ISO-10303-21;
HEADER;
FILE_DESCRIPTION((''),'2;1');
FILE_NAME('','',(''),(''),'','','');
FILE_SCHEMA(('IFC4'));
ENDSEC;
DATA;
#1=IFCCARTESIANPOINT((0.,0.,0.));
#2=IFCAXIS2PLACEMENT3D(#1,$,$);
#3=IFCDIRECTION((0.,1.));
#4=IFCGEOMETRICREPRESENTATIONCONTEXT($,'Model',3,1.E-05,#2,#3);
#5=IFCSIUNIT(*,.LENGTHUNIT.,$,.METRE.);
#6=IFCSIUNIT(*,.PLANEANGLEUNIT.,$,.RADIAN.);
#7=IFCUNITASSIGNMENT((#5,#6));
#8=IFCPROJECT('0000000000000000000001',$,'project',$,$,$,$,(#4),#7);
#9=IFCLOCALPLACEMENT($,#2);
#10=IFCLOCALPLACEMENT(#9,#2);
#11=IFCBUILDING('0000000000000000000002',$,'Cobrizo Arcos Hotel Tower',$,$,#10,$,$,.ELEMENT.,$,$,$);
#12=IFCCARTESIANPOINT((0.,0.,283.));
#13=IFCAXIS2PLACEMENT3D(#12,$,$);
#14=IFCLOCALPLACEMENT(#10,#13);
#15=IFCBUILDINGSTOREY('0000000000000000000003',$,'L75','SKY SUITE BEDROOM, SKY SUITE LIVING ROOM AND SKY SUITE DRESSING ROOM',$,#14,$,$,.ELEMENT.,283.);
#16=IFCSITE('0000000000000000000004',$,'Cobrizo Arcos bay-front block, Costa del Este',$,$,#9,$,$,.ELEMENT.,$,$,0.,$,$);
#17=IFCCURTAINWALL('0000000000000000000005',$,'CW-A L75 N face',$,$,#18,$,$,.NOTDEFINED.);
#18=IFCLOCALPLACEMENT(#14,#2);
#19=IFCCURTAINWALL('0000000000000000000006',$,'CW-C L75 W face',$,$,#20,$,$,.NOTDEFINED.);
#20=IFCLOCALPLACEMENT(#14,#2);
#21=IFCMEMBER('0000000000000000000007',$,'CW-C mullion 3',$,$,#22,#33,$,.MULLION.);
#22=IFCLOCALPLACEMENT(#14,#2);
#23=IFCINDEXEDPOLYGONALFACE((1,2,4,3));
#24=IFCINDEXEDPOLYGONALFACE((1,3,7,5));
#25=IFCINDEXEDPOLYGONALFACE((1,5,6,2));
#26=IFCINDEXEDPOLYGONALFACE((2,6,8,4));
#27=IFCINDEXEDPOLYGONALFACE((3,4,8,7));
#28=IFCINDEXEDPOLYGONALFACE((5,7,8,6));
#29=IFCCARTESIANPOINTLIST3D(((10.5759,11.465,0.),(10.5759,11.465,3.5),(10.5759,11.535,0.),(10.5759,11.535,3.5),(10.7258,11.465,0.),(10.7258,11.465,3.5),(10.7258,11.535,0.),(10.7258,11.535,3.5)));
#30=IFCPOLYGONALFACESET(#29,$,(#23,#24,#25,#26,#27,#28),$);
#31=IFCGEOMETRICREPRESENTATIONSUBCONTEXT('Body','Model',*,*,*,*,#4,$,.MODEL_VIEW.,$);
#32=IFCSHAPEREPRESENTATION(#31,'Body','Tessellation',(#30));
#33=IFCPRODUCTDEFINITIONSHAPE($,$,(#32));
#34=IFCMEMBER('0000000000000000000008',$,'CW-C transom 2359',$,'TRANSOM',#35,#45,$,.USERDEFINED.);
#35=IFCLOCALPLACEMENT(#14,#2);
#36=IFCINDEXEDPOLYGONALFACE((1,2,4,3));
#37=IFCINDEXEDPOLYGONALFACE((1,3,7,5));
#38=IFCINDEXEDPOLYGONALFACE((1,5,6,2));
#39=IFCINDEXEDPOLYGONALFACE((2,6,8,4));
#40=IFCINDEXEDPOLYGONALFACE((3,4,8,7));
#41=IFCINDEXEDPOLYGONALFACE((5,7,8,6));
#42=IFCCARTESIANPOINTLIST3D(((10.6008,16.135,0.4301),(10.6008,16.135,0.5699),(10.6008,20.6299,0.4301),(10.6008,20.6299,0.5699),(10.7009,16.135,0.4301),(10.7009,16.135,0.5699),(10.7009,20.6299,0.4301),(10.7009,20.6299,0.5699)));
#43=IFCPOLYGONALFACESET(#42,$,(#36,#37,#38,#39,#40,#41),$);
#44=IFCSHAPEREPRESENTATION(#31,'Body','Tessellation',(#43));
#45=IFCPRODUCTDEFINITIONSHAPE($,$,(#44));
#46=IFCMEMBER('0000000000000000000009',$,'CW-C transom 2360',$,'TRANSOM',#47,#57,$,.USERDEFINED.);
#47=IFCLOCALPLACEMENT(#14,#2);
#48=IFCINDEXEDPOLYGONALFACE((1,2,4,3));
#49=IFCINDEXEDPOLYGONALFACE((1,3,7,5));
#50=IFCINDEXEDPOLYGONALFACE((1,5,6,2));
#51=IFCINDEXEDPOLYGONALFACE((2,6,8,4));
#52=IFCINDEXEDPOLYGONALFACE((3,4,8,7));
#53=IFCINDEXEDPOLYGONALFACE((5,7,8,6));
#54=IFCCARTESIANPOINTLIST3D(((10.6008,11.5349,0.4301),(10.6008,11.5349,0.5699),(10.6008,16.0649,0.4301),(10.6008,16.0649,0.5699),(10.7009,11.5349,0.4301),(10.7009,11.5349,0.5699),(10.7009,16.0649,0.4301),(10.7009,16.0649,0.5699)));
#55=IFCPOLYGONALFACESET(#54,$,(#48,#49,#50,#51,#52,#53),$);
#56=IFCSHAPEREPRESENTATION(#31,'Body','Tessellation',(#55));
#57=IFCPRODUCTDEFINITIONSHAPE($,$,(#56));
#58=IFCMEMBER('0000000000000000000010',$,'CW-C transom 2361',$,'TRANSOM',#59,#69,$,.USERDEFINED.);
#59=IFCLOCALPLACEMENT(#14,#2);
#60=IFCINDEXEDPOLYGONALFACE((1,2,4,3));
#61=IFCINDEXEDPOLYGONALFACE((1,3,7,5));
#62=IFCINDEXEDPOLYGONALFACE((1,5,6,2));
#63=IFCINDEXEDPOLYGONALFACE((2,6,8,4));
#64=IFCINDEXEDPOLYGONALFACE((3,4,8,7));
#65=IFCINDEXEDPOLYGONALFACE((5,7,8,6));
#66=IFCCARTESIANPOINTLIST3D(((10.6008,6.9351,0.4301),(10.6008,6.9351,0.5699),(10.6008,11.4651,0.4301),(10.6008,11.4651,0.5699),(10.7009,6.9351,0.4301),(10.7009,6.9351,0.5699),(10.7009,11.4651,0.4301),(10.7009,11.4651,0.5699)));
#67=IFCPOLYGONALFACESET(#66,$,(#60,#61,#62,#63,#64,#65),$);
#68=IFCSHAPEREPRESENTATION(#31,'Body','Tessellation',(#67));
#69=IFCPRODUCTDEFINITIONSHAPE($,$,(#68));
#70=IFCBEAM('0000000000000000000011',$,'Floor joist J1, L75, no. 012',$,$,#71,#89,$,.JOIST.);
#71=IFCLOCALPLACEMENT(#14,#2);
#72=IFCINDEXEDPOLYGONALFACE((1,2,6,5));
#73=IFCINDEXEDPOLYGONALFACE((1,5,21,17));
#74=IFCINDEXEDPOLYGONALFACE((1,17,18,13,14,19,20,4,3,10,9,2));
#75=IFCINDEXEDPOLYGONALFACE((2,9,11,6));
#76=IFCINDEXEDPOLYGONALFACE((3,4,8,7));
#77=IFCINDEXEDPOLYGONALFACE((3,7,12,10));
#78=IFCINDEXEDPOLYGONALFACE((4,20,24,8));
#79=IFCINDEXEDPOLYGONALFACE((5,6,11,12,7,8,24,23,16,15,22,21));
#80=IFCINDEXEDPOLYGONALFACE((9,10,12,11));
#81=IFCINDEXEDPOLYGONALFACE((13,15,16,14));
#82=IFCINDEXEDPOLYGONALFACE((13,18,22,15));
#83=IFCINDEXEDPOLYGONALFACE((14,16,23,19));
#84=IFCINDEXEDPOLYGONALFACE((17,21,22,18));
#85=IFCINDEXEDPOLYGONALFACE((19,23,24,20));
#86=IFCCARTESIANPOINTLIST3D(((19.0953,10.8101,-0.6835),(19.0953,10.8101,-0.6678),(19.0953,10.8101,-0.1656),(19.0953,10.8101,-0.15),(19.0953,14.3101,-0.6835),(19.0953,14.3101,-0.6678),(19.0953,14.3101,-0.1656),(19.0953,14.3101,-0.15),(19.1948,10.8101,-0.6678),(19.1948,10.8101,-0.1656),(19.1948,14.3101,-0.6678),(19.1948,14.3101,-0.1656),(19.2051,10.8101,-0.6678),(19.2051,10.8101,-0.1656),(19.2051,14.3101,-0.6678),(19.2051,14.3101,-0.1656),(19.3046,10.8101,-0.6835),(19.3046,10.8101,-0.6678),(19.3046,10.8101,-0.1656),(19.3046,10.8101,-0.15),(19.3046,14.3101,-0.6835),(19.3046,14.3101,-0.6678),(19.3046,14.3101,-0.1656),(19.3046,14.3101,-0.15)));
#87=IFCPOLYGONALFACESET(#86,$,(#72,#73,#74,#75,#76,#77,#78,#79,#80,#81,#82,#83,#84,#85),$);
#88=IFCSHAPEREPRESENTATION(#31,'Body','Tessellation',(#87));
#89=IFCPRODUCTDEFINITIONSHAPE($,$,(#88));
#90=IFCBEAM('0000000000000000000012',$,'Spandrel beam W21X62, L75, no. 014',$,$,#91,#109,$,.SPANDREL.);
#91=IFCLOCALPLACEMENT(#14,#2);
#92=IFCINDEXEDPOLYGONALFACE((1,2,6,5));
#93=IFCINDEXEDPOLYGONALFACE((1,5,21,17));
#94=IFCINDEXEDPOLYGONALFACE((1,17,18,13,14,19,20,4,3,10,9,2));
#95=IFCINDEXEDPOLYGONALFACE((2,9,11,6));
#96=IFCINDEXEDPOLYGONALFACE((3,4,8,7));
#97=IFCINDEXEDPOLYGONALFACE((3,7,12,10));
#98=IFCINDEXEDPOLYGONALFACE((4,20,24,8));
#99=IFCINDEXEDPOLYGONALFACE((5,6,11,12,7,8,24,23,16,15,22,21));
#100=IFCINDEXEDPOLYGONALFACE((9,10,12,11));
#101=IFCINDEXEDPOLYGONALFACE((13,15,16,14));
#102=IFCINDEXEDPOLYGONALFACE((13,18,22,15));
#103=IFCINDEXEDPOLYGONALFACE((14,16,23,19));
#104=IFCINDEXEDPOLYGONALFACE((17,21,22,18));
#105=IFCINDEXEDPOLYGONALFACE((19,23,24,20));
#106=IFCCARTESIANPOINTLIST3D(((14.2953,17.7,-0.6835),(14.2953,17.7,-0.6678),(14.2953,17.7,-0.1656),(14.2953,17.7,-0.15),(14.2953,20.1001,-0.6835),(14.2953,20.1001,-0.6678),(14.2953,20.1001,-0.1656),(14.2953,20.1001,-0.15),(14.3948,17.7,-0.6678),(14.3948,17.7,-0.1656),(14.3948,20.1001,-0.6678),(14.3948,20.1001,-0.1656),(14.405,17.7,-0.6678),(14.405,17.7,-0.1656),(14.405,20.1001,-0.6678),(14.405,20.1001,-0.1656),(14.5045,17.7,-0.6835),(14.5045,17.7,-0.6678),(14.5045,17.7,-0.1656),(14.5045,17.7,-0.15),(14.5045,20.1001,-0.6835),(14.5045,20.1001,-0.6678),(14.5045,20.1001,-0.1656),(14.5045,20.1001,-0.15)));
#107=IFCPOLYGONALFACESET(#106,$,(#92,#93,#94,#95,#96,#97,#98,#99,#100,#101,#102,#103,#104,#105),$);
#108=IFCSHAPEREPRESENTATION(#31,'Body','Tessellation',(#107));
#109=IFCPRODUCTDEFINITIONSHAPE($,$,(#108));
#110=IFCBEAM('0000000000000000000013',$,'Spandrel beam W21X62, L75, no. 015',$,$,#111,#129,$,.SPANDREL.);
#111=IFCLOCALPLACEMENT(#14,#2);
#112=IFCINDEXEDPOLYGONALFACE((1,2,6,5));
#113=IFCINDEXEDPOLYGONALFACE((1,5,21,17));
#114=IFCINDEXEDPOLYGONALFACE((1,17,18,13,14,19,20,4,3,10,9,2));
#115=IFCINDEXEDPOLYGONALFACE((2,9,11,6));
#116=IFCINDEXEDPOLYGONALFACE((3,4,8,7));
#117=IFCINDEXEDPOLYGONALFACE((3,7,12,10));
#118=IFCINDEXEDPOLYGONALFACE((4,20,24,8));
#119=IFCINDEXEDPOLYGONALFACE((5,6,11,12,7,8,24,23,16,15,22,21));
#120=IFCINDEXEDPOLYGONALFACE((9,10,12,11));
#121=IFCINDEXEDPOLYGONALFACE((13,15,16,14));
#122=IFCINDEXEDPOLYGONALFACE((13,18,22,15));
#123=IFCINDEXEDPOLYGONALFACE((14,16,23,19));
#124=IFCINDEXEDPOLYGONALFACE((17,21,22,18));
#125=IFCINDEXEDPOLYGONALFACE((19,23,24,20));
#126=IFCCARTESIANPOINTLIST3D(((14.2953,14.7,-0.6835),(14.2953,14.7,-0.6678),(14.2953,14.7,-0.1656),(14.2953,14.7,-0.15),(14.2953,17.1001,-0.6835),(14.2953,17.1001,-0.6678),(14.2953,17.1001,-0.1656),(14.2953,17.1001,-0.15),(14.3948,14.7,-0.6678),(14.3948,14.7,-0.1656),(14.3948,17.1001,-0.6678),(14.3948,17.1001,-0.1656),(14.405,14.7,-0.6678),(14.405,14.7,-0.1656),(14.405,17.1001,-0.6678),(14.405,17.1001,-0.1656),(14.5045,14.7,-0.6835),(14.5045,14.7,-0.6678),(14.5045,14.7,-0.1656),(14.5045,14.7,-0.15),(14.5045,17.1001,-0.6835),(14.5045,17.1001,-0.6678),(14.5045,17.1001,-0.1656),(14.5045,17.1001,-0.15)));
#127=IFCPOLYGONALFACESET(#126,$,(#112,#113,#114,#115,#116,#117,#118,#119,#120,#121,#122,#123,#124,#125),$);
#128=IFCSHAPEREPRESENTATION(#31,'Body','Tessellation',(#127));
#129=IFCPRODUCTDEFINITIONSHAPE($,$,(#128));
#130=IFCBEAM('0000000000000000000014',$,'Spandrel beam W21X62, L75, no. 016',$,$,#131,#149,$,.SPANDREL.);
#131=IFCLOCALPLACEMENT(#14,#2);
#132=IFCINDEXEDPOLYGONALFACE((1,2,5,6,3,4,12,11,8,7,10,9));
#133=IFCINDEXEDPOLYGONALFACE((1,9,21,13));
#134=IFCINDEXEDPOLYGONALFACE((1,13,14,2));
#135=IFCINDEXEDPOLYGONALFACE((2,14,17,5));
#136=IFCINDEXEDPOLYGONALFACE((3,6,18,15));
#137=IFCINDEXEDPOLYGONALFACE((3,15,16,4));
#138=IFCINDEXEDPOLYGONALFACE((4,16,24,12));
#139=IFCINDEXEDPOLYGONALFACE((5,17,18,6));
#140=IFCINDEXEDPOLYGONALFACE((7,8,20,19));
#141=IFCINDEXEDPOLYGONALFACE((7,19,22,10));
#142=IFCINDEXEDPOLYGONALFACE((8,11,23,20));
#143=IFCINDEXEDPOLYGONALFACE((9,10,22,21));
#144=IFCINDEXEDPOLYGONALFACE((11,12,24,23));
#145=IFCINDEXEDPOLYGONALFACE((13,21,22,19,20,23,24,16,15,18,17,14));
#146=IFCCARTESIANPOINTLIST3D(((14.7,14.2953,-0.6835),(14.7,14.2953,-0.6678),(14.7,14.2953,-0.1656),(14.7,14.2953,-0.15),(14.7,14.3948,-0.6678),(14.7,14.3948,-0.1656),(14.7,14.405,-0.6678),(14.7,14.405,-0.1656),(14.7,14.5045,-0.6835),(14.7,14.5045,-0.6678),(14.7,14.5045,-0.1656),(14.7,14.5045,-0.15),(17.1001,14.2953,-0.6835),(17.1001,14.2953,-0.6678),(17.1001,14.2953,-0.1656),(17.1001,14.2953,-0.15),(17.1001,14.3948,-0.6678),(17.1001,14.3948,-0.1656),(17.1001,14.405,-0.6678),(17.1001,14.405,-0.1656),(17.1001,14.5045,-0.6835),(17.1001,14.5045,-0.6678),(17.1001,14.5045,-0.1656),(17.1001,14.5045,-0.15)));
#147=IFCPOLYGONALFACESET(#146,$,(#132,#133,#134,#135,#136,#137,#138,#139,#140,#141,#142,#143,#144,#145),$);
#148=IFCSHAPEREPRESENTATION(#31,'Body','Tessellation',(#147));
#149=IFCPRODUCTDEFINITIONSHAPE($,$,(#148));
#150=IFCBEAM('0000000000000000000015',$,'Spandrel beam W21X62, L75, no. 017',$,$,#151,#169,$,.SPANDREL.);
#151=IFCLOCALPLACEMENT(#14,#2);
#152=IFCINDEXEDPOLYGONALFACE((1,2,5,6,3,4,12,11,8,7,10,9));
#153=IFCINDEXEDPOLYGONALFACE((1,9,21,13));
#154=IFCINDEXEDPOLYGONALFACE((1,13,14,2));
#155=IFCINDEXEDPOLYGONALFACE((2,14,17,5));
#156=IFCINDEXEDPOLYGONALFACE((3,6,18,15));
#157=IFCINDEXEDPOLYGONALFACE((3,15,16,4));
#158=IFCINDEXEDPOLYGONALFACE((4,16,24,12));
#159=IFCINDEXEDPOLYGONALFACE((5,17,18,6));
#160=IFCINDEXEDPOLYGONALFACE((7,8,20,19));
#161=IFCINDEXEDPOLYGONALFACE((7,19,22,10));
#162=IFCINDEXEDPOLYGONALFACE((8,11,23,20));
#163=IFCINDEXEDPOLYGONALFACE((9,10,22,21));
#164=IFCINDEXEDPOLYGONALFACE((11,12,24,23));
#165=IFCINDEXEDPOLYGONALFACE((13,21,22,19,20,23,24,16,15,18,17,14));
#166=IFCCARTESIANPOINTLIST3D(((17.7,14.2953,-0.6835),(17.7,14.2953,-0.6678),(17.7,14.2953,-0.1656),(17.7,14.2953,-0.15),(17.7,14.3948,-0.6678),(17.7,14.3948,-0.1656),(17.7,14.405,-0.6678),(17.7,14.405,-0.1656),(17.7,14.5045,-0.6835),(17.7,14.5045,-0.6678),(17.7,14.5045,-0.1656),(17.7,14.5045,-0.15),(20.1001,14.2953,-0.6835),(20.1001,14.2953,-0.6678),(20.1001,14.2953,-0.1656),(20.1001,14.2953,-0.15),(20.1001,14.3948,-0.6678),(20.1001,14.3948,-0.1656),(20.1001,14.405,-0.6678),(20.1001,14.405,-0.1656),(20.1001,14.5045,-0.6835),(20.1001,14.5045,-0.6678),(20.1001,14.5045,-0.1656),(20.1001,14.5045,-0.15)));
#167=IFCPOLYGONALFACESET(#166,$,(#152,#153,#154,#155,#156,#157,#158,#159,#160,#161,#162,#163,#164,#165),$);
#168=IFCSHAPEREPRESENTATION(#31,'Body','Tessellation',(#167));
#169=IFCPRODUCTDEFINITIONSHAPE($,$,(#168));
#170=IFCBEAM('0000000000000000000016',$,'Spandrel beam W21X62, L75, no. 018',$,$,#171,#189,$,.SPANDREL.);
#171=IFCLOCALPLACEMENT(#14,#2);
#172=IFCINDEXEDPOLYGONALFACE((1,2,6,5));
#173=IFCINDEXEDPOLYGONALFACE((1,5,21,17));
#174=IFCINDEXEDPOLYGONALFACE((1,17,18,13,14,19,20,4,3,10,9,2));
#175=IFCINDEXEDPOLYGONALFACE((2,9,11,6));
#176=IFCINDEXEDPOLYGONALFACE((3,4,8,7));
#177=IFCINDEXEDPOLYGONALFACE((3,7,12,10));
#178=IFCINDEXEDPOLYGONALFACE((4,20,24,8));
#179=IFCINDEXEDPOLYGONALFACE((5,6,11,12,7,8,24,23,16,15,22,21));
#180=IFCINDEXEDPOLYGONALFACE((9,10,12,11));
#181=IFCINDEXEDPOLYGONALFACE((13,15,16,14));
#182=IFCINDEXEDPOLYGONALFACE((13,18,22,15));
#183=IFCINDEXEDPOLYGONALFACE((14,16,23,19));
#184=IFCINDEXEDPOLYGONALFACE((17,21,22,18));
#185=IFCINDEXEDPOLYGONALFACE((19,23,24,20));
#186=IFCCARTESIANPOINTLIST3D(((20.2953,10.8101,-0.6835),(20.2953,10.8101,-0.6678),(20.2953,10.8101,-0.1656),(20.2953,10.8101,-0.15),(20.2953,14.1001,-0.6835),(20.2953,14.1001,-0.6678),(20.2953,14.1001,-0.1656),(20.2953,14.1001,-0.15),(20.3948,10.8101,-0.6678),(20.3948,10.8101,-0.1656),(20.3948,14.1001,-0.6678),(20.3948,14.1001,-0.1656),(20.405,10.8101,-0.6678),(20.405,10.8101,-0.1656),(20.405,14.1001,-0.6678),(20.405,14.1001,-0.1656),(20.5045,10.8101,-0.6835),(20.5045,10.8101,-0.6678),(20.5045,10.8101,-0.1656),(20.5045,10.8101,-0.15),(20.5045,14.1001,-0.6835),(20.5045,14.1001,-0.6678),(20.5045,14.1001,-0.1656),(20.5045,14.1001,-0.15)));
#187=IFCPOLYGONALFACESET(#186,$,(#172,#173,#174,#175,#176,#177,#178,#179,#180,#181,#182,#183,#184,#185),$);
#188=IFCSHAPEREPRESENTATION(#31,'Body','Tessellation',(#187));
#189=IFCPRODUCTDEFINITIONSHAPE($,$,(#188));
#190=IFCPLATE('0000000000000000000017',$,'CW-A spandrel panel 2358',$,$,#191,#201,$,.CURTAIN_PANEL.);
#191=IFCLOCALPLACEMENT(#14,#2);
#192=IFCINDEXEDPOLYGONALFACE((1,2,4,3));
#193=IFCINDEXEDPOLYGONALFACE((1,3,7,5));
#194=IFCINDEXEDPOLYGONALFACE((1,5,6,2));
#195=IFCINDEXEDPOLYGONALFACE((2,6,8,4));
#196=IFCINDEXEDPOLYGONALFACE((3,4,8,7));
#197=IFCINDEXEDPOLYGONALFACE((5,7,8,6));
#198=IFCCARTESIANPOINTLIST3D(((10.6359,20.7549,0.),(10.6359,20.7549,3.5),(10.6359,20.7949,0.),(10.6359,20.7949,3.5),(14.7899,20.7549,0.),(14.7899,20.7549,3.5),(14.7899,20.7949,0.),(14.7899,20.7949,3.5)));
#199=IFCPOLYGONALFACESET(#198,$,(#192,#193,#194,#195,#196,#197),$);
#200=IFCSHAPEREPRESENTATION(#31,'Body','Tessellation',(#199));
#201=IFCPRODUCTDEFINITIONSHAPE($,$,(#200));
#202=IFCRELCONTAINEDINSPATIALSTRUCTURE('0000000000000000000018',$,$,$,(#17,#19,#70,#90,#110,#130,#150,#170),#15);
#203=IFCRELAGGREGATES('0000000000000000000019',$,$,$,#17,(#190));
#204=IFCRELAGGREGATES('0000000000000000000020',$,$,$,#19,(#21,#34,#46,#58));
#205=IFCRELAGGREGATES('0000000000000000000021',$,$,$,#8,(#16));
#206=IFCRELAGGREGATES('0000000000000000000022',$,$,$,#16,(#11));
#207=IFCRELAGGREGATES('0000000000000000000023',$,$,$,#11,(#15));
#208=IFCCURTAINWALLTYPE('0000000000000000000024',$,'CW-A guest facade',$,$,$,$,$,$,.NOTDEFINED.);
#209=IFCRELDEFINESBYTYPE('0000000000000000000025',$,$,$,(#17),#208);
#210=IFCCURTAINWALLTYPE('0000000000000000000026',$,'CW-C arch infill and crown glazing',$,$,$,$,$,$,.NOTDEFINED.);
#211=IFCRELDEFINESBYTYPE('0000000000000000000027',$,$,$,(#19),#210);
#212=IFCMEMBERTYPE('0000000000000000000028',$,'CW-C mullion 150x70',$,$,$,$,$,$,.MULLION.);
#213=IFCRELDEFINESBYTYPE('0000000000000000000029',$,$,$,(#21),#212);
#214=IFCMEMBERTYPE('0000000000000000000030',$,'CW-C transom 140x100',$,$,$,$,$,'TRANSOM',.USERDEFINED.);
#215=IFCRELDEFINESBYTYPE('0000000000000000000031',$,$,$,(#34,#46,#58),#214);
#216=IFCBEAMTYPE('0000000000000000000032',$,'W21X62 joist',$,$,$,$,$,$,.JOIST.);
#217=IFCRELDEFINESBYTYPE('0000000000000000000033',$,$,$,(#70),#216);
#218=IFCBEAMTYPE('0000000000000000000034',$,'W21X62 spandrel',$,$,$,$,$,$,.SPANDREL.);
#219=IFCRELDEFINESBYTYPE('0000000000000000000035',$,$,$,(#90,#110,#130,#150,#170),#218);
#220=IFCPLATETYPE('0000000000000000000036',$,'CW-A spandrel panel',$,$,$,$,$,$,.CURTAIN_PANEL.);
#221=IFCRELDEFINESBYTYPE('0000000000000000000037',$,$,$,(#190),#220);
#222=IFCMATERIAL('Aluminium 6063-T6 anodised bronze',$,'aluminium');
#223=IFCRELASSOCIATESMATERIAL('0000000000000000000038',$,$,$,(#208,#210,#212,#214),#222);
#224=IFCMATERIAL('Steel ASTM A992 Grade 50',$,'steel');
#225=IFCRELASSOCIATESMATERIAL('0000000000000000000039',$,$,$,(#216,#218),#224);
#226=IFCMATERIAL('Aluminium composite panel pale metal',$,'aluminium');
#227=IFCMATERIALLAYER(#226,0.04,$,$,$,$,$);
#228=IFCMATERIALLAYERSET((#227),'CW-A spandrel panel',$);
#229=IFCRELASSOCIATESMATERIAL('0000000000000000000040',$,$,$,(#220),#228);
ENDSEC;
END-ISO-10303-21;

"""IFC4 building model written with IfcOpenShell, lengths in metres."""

from ifc_helpers import new_model, si_unit, direction, frame, origin, origin_2d, place, context, subcontext, project, spatial, rectangle, i_section, extrude, material, layer, layer_set, material_profile, profile_set, type_object, element, aggregate, save


model = new_model("IFC4")

# Units and contexts
model_context = context("Model", 3, precision=1e-05, world=origin(), true_north=direction((0.0, 1.0)))
body_context = subcontext(model_context, "Body", "Model", "MODEL_VIEW")
ifc_project = project(units=[si_unit("LENGTHUNIT", "METRE"), si_unit("PLANEANGLEUNIT", "RADIAN")], contexts=[model_context])

# Site, building, storey
site_placement = place(None, origin())
site = spatial("IfcSite", under=ifc_project, at=site_placement, Name="Cobrizo Arcos bay-front block, Costa del Este", CompositionType="ELEMENT", RefElevation=0.0)
building_placement = place(site_placement, origin())
building = spatial("IfcBuilding", under=site, at=building_placement, Name="Cobrizo Arcos Hotel Tower", CompositionType="ELEMENT")
storey_placement = place(building_placement, frame((0.0, 0.0, 283.0)))
storey = spatial("IfcBuildingStorey", under=building, at=storey_placement, Name="L75", Description="SKY SUITE BEDROOM, SKY SUITE LIVING ROOM AND SKY SUITE DRESSING ROOM", CompositionType="ELEMENT", Elevation=283.0)

# Curtain wall
ifc_material_1 = material(Name="Aluminium 6063-T6 anodised bronze", Category="aluminium")
curtain_wall_type_1 = type_object("IfcCurtainWallType", Name="CW-A guest facade", PredefinedType="NOTDEFINED", material=ifc_material_1)
curtain_wall_1_placement = place(storey_placement, origin())
curtain_wall_1 = element("IfcCurtainWall", 1, at=curtain_wall_1_placement, inside=storey, type_object=curtain_wall_type_1, Name="CW-A L75 N face", PredefinedType="NOTDEFINED")

# Curtain wall, members
curtain_wall_type_2 = type_object("IfcCurtainWallType", Name="CW-C arch infill and crown glazing", PredefinedType="NOTDEFINED", material=ifc_material_1)
curtain_wall_2_placement = place(storey_placement, origin())
curtain_wall_2 = element("IfcCurtainWall", 2, at=curtain_wall_2_placement, inside=storey, type_object=curtain_wall_type_2, Name="CW-C L75 W face", PredefinedType="NOTDEFINED")
ifc_material_profile_1 = material_profile(ifc_material_1, rectangle(XDim=0.1499, YDim=0.0701, at=origin_2d()), Name="CW-C mullion 150x70")
ifc_profile_set_1 = profile_set([ifc_material_profile_1], Name="Aluminium 6063-T6 anodised bronze")
member_type_1 = type_object("IfcMemberType", Name="CW-C mullion 150x70", PredefinedType="MULLION", material=ifc_profile_set_1)
member_1_placement = place(storey_placement, frame((10.6509, 11.5, 0.0), z_axis=(0.0, 0.0, 1.0), x_axis=(-1.0, 0.0, 0.0)))
member_1 = element("IfcMember", 3, at=member_1_placement, type_object=member_type_1, Name="CW-C mullion 3", PredefinedType="MULLION", context=body_context, shape_type="SweptSolid", body=[
    extrude(rectangle(XDim=0.1499, YDim=0.0701, at=origin_2d()), origin(), (0.0, 0.0, 1.0), 3.5),
])
ifc_material_profile_2 = material_profile(ifc_material_1, rectangle(XDim=0.1001, YDim=0.1399, at=origin_2d()), Name="CW-C transom 140x100")
ifc_profile_set_2 = profile_set([ifc_material_profile_2], Name="Aluminium 6063-T6 anodised bronze")
member_type_2 = type_object("IfcMemberType", Name="CW-C transom 140x100", ElementType="TRANSOM", PredefinedType="USERDEFINED", material=ifc_profile_set_2)
member_2_placement = place(storey_placement, frame((10.6509, 20.6299, 0.5), z_axis=(0.0, -1.0, 0.0), x_axis=(1.0, 0.0, 0.0)))
member_2 = element("IfcMember", 4, at=member_2_placement, type_object=member_type_2, Name="CW-C transom 2359", ObjectType="TRANSOM", PredefinedType="USERDEFINED", context=body_context, shape_type="SweptSolid", body=[
    extrude(rectangle(XDim=0.1001, YDim=0.1399, at=origin_2d()), origin(), (0.0, 0.0, 1.0), 4.4949),
])
member_3_placement = place(storey_placement, frame((10.6509, 16.0649, 0.5), z_axis=(0.0, -1.0, 0.0), x_axis=(1.0, 0.0, 0.0)))
member_3 = element("IfcMember", 5, at=member_3_placement, type_object=member_type_2, Name="CW-C transom 2360", ObjectType="TRANSOM", PredefinedType="USERDEFINED", context=body_context, shape_type="SweptSolid", body=[
    extrude(rectangle(XDim=0.1001, YDim=0.1399, at=origin_2d()), origin(), (0.0, 0.0, 1.0), 4.53),
])
member_4_placement = place(storey_placement, frame((10.6509, 11.4651, 0.5), z_axis=(0.0, -1.0, 0.0), x_axis=(1.0, 0.0, 0.0)))
member_4 = element("IfcMember", 6, at=member_4_placement, type_object=member_type_2, Name="CW-C transom 2361", ObjectType="TRANSOM", PredefinedType="USERDEFINED", context=body_context, shape_type="SweptSolid", body=[
    extrude(rectangle(XDim=0.1001, YDim=0.1399, at=origin_2d()), origin(), (0.0, 0.0, 1.0), 4.53),
])

# Beams
ifc_material_2 = material(Name="Steel ASTM A992 Grade 50", Category="steel")
ifc_material_profile_3 = material_profile(ifc_material_2, i_section(OverallWidth=0.2092, OverallDepth=0.5334, WebThickness=0.0103, FlangeThickness=0.0156, at=origin_2d()), Name="W21X62")
ifc_profile_set_3 = profile_set([ifc_material_profile_3], Name="Steel ASTM A992 Grade 50")
beam_type_1 = type_object("IfcBeamType", Name="W21X62 joist", PredefinedType="JOIST", material=ifc_profile_set_3)
beam_1_placement = place(storey_placement, frame((19.2, 10.8101, -0.4167), z_axis=(0.0, 1.0, 0.0), x_axis=(-1.0, 0.0, 0.0)))
element("IfcBeam", 7, at=beam_1_placement, inside=storey, type_object=beam_type_1, Name="Floor joist J1, L75, no. 012", PredefinedType="JOIST", context=body_context, shape_type="SweptSolid", body=[
    extrude(i_section(OverallWidth=0.2092, OverallDepth=0.5334, WebThickness=0.0103, FlangeThickness=0.0156, at=origin_2d()), origin(), (0.0, 0.0, 1.0), 3.5),
])
ifc_material_profile_4 = material_profile(ifc_material_2, i_section(OverallWidth=0.2092, OverallDepth=0.5334, WebThickness=0.0103, FlangeThickness=0.0156, at=origin_2d()), Name="W21X62")
ifc_profile_set_4 = profile_set([ifc_material_profile_4], Name="Steel ASTM A992 Grade 50")
beam_type_2 = type_object("IfcBeamType", Name="W21X62 spandrel", PredefinedType="SPANDREL", material=ifc_profile_set_4)
for number, where, z_axis, x_axis, name in (
    (8, (14.3999, 20.1001, -0.4167), (0.0, -1.0, 0.0), (1.0, 0.0, 0.0), "Spandrel beam W21X62, L75, no. 014"),
    (9, (14.3999, 17.1001, -0.4167), (0.0, -1.0, 0.0), (1.0, 0.0, 0.0), "Spandrel beam W21X62, L75, no. 015"),
    (10, (14.7, 14.3999, -0.4167), (1.0, 0.0, 0.0), (0.0, 1.0, 0.0), "Spandrel beam W21X62, L75, no. 016"),
    (11, (17.7, 14.3999, -0.4167), (1.0, 0.0, 0.0), (0.0, 1.0, 0.0), "Spandrel beam W21X62, L75, no. 017"),
):
    element("IfcBeam", number, at=place(storey_placement, frame(where, z_axis=z_axis, x_axis=x_axis)), inside=storey, type_object=beam_type_2, Name=name, PredefinedType="SPANDREL", context=body_context, shape_type="SweptSolid", body=[
        extrude(i_section(OverallWidth=0.2092, OverallDepth=0.5334, WebThickness=0.0103, FlangeThickness=0.0156, at=origin_2d()), origin(), (0.0, 0.0, 1.0), 2.4001),
    ])
beam_2_placement = place(storey_placement, frame((20.3999, 14.1001, -0.4167), z_axis=(0.0, -1.0, 0.0), x_axis=(1.0, 0.0, 0.0)))
element("IfcBeam", 12, at=beam_2_placement, inside=storey, type_object=beam_type_2, Name="Spandrel beam W21X62, L75, no. 018", PredefinedType="SPANDREL", context=body_context, shape_type="SweptSolid", body=[
    extrude(i_section(OverallWidth=0.2092, OverallDepth=0.5334, WebThickness=0.0103, FlangeThickness=0.0156, at=origin_2d()), origin(), (0.0, 0.0, 1.0), 3.29),
])

# Plate
ifc_material_3 = material(Name="Aluminium composite panel pale metal", Category="aluminium")
ifc_layer_1 = layer(ifc_material_3, 0.04)
ifc_layer_set_1 = layer_set([ifc_layer_1], Name="CW-A spandrel panel")
plate_type_1 = type_object("IfcPlateType", Name="CW-A spandrel panel", PredefinedType="CURTAIN_PANEL", material=ifc_layer_set_1)
plate_1_placement = place(storey_placement, frame((12.7129, 20.7749, 0.0), z_axis=(0.0, 0.0, 1.0), x_axis=(-1.0, 0.0, 0.0)))
plate_1 = element("IfcPlate", 13, at=plate_1_placement, type_object=plate_type_1, Name="CW-A spandrel panel 2358", PredefinedType="CURTAIN_PANEL", context=body_context, shape_type="SweptSolid", body=[
    extrude(rectangle(XDim=4.1541, YDim=0.04, at=origin_2d()), origin(), (0.0, 0.0, 1.0), 3.5),
])
aggregate(curtain_wall_1, [plate_1])
aggregate(curtain_wall_2, [member_1, member_2, member_3, member_4])

save(model, "model.ifc")
